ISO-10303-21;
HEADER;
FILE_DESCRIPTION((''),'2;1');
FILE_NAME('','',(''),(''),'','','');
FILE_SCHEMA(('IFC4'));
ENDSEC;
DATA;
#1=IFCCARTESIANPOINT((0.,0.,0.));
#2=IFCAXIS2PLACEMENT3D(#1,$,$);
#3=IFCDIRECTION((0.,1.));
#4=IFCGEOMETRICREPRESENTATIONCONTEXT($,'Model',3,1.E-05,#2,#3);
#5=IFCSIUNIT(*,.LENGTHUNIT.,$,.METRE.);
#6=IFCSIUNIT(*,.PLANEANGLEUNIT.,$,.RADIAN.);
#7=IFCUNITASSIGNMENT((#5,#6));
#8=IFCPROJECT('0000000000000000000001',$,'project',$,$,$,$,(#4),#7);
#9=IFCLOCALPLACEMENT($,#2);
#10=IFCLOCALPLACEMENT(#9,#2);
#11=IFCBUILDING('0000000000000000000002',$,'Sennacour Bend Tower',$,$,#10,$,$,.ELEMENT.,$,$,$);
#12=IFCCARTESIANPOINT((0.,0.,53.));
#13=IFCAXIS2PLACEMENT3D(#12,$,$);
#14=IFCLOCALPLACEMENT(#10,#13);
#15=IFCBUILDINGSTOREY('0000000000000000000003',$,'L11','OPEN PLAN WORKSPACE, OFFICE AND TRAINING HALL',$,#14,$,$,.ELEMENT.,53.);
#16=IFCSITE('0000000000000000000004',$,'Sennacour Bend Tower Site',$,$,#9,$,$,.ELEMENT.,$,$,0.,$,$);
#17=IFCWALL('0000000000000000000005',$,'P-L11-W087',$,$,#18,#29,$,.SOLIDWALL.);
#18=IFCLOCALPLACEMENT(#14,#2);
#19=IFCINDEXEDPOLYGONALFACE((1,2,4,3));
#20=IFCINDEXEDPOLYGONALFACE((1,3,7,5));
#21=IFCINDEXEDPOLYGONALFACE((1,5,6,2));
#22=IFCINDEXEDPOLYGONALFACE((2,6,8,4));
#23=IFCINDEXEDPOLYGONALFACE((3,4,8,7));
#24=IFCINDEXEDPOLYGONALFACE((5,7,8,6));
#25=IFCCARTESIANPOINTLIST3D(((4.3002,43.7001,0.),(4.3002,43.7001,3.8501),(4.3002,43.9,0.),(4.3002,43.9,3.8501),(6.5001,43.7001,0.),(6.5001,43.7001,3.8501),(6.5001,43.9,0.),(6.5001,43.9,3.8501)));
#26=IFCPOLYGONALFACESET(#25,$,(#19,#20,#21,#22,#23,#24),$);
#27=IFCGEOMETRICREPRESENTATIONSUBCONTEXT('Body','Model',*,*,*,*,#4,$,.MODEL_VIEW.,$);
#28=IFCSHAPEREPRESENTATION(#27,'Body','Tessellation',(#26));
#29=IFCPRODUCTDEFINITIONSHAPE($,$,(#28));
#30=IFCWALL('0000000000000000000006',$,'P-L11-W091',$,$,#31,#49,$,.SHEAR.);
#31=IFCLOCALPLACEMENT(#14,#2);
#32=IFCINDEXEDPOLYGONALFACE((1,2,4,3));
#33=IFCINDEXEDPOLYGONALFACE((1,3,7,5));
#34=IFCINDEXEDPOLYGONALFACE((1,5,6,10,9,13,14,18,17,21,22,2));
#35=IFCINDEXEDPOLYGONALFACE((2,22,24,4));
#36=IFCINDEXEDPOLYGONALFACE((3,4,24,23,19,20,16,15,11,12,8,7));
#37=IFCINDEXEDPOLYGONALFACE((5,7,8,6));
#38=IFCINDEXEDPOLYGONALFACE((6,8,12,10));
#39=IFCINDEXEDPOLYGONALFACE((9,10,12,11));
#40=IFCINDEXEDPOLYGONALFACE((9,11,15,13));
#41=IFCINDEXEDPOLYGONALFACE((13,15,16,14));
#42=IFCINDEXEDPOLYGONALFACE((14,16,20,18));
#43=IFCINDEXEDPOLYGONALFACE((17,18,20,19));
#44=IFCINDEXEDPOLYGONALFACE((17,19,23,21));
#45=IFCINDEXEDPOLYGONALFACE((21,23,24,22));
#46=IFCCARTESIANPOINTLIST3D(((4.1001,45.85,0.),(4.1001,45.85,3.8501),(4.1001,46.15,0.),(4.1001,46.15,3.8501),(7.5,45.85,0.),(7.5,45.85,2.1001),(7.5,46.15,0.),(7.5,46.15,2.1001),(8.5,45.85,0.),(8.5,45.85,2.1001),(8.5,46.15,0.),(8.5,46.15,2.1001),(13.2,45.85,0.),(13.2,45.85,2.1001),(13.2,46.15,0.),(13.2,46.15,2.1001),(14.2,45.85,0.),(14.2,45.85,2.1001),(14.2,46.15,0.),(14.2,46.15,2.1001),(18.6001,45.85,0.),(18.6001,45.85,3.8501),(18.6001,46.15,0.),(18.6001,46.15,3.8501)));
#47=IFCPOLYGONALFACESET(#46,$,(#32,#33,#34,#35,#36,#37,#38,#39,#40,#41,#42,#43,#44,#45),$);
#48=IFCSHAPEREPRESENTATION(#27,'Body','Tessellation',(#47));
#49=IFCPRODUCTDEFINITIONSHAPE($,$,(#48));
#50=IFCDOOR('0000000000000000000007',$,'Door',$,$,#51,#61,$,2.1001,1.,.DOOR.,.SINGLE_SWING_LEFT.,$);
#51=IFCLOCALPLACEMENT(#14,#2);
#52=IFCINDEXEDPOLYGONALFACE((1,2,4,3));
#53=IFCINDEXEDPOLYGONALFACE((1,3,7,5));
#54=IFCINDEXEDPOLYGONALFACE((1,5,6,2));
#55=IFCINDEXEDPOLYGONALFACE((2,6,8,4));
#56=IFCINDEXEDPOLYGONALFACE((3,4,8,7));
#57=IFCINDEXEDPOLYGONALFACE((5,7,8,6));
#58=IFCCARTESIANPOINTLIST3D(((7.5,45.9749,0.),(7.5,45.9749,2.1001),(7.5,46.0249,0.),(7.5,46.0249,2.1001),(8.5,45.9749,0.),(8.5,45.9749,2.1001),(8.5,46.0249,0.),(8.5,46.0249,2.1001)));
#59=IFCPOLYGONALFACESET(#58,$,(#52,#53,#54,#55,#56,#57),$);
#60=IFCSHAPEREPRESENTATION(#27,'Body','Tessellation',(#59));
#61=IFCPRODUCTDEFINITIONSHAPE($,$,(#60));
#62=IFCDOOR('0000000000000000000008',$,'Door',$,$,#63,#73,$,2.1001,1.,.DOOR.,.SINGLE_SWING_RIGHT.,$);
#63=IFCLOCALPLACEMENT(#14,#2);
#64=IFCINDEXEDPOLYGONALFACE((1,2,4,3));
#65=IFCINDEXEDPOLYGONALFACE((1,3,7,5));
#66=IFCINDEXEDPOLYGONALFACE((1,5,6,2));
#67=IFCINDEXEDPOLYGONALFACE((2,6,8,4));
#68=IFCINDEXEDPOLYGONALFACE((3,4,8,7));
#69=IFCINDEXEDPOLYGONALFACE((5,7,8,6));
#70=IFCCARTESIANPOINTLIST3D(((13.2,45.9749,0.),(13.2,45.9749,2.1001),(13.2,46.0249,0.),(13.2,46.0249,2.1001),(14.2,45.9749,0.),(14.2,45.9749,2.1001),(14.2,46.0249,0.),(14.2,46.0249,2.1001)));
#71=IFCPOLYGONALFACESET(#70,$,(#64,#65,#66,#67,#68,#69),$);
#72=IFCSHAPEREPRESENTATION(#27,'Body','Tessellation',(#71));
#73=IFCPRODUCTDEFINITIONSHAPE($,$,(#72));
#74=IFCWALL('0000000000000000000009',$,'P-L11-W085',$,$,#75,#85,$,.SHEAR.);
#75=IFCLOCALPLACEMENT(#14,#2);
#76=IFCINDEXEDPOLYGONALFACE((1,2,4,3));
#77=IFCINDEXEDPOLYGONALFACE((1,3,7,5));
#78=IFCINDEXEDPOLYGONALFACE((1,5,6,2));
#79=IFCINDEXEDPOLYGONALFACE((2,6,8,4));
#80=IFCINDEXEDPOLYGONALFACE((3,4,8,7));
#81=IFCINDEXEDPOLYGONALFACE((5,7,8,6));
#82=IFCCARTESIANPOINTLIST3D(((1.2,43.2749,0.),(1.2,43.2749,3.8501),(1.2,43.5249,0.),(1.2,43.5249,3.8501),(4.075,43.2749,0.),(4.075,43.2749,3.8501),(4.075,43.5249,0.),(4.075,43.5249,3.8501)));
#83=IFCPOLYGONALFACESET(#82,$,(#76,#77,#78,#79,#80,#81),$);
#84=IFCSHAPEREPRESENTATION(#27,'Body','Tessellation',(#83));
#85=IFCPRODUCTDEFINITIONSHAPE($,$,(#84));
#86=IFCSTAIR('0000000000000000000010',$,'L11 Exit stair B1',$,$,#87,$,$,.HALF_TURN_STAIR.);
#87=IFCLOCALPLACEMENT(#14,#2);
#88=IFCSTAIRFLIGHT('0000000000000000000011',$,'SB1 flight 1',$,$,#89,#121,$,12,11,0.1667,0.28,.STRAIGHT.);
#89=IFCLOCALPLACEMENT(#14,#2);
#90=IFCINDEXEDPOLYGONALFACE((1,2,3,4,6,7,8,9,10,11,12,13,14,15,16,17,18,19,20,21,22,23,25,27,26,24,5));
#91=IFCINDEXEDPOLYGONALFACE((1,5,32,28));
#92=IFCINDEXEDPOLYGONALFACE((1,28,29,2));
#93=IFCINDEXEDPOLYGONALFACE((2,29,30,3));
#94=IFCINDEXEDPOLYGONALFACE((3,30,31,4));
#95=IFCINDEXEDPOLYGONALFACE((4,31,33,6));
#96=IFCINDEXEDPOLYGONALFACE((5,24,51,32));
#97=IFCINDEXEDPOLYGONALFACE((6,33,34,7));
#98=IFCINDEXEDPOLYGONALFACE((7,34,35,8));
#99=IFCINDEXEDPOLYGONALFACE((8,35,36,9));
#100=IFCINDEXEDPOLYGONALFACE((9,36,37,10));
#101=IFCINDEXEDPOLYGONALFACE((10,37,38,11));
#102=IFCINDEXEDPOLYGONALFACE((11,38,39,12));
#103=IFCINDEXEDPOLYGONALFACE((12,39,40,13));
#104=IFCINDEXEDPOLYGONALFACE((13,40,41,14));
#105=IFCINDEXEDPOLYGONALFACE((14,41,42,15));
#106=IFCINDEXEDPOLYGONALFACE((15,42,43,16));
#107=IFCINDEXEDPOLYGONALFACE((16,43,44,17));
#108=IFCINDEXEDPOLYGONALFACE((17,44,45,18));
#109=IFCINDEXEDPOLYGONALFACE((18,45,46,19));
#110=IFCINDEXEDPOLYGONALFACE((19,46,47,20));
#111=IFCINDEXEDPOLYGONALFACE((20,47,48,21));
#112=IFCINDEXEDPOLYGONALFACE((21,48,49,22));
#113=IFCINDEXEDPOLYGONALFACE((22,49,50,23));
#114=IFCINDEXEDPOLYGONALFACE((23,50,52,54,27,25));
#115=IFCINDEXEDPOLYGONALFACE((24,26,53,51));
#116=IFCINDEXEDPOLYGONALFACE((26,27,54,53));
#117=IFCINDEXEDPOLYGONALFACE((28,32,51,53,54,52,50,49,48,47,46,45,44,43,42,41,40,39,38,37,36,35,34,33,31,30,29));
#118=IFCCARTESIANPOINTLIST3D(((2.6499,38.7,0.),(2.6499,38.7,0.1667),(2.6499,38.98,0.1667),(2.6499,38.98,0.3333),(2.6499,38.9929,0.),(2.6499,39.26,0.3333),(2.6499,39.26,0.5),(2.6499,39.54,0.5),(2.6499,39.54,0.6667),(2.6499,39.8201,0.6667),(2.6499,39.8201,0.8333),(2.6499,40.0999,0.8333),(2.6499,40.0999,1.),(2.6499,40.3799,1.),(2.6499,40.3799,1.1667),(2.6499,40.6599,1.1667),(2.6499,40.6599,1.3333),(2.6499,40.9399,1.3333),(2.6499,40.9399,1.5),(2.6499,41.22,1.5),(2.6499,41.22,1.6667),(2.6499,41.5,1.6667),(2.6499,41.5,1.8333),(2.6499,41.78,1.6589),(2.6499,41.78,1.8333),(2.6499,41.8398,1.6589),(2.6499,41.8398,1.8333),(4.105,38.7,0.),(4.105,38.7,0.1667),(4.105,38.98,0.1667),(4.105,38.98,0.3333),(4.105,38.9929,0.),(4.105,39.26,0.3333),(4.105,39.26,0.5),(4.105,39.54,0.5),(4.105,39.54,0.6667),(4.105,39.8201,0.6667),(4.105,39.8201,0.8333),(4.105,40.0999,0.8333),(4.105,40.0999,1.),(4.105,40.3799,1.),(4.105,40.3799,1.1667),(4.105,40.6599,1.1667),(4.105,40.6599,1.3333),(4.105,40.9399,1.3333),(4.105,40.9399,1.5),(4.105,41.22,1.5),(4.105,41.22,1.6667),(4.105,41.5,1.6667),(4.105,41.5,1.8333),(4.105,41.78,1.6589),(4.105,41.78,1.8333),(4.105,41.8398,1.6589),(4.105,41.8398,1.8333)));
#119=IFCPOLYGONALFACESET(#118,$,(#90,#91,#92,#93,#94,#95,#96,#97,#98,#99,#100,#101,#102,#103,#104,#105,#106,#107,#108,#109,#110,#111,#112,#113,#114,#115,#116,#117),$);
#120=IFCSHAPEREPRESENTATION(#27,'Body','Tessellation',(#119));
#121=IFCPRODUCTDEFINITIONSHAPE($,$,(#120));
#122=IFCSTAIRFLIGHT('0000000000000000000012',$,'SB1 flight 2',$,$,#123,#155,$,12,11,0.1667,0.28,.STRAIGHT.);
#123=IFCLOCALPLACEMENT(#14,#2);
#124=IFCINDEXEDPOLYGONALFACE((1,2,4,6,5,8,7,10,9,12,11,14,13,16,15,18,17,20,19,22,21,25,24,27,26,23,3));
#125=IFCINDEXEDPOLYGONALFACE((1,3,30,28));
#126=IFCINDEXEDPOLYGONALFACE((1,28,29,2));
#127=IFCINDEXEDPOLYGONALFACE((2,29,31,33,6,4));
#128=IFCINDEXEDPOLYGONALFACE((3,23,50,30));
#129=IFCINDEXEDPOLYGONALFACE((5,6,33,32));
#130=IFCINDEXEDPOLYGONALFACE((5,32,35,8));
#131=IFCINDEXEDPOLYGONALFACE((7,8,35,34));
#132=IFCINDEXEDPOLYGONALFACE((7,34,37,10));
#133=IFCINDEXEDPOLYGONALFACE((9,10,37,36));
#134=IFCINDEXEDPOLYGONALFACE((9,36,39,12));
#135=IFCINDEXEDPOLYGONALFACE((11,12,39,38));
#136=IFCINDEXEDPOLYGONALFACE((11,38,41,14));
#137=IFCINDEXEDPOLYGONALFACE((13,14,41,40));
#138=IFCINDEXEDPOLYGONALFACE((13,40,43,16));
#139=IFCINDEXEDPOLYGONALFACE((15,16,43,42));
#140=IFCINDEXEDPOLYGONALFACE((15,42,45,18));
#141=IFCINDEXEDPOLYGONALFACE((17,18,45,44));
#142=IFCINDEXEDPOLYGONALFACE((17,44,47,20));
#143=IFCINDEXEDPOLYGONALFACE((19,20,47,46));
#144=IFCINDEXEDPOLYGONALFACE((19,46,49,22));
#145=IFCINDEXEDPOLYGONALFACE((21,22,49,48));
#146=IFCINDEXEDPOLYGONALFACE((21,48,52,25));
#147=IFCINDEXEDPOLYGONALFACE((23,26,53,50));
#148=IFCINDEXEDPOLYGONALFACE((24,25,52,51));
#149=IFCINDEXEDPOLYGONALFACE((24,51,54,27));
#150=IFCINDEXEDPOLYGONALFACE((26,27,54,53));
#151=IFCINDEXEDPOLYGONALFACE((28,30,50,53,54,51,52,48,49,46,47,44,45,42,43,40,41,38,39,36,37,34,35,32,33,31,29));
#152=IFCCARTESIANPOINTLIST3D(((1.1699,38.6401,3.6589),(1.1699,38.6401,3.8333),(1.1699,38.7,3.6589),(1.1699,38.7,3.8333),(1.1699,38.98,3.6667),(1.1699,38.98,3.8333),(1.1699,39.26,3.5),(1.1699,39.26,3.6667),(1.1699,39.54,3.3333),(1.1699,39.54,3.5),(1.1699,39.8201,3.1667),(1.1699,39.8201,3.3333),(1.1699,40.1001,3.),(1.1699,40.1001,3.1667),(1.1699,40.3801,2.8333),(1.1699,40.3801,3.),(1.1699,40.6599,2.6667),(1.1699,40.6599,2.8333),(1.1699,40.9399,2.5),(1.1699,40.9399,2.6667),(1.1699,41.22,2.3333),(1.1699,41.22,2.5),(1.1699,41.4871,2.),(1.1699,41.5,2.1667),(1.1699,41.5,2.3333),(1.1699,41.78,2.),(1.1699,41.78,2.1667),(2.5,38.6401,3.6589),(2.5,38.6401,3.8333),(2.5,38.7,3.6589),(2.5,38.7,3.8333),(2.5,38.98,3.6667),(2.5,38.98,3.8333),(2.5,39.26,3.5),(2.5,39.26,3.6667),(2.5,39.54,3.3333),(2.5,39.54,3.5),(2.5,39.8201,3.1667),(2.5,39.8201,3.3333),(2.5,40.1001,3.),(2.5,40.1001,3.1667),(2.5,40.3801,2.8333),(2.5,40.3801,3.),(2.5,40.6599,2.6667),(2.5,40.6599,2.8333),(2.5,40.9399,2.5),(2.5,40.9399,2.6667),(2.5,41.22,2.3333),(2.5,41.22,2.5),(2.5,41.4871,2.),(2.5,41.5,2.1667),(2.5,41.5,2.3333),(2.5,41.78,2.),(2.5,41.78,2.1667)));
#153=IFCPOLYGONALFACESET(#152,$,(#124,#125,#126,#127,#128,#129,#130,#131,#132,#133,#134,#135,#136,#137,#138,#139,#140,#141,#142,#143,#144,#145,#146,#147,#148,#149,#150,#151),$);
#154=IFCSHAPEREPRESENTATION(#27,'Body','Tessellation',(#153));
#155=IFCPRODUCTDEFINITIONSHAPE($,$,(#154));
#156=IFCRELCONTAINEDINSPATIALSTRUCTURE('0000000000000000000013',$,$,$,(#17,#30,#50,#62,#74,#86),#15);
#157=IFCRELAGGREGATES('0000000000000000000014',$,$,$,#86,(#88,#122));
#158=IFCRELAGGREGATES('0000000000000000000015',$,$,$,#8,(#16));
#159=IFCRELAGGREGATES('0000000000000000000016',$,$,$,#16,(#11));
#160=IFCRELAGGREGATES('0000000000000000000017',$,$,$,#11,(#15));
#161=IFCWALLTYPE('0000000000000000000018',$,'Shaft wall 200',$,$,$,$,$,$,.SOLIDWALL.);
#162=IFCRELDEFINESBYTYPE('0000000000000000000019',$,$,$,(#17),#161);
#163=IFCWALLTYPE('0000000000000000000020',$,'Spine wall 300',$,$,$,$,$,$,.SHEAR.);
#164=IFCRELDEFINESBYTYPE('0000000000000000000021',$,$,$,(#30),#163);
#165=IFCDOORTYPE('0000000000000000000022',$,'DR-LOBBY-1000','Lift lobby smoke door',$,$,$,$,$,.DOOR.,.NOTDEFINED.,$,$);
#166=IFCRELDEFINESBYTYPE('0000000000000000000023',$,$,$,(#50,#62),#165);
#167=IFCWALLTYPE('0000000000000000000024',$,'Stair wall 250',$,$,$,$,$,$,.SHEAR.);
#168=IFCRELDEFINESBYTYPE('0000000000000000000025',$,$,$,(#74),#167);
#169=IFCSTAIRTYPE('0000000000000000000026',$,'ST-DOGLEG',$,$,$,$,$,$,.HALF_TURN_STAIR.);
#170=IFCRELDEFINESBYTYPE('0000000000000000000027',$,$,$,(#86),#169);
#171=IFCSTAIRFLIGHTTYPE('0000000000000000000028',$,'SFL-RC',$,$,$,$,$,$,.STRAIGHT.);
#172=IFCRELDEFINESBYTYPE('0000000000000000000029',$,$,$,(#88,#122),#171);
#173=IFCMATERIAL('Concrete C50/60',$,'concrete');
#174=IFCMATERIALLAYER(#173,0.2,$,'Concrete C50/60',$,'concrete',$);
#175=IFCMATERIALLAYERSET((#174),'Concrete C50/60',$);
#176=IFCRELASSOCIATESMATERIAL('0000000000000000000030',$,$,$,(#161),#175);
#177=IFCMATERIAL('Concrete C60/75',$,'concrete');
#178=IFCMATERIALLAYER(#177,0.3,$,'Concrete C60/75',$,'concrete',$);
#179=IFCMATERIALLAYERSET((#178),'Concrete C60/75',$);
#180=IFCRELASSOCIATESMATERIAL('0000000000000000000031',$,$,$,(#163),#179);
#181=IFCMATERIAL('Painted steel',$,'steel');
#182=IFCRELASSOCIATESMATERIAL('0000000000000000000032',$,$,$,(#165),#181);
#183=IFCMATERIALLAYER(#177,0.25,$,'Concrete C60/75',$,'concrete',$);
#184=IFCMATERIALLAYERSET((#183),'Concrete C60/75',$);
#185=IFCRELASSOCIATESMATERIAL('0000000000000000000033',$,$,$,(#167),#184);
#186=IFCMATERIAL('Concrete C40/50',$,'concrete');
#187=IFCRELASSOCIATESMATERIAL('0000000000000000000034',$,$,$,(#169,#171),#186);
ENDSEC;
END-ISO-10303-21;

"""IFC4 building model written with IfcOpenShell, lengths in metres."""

from ifc_helpers import new_model, si_unit, direction, frame, frame_2d, origin, place, context, subcontext, project, spatial, polyline, rectangle, outline, extrude, material, layer, layer_set, type_object, element, fill, aggregate, save


model = new_model("IFC4")

# Units and contexts
model_context = context("Model", 3, precision=1e-05, world=origin(), true_north=direction((0.0, 1.0)))
body_context = subcontext(model_context, "Body", "Model", "MODEL_VIEW")
ifc_project = project(units=[si_unit("LENGTHUNIT", "METRE"), si_unit("PLANEANGLEUNIT", "RADIAN")], contexts=[model_context])

# Site, building, storey
site_placement = place(None, origin())
site = spatial("IfcSite", under=ifc_project, at=site_placement, Name="Sennacour Bend Tower Site", CompositionType="ELEMENT", RefElevation=0.0)
building_placement = place(site_placement, origin())
building = spatial("IfcBuilding", under=site, at=building_placement, Name="Sennacour Bend Tower", CompositionType="ELEMENT")
storey_placement = place(building_placement, frame((0.0, 0.0, 53.0)))
storey = spatial("IfcBuildingStorey", under=building, at=storey_placement, Name="L11", Description="OPEN PLAN WORKSPACE, OFFICE AND TRAINING HALL", CompositionType="ELEMENT", Elevation=53.0)

# Shared definitions
ifc_material_1 = material(Name="Painted steel", Category="steel")

# Wall
ifc_material_2 = material(Name="Concrete C50/60", Category="concrete")
ifc_layer_1 = layer(ifc_material_2, 0.2, Name="Concrete C50/60", Category="concrete")
ifc_layer_set_1 = layer_set([ifc_layer_1], Name="Concrete C50/60")
wall_type_1 = type_object("IfcWallType", Name="Shaft wall 200", PredefinedType="SOLIDWALL", material=ifc_layer_set_1)
wall_1_placement = place(storey_placement, frame((4.3, 43.8, 0.0), z_axis=(0.0, 0.0, 1.0), x_axis=(1.0, 0.0, 0.0)))
element("IfcWall", 1, at=wall_1_placement, inside=storey, type_object=wall_type_1, Name="P-L11-W087", PredefinedType="SOLIDWALL", context=body_context, shape_type="SweptSolid", body=[
    extrude(rectangle(XDim=2.2, YDim=0.2, at=frame_2d((1.1001, 0.0))), origin(), (0.0, 0.0, 1.0), 3.8501),
])

# Wall, openings, doors
ifc_material_3 = material(Name="Concrete C60/75", Category="concrete")
ifc_layer_2 = layer(ifc_material_3, 0.3, Name="Concrete C60/75", Category="concrete")
ifc_layer_set_2 = layer_set([ifc_layer_2], Name="Concrete C60/75")
wall_type_2 = type_object("IfcWallType", Name="Spine wall 300", PredefinedType="SHEAR", material=ifc_layer_set_2)
wall_2_placement = place(storey_placement, frame((4.1001, 46.0, 0.0), z_axis=(0.0, 0.0, 1.0), x_axis=(1.0, 0.0, 0.0)))
wall_2 = element("IfcWall", 2, at=wall_2_placement, inside=storey, type_object=wall_type_2, Name="P-L11-W091", PredefinedType="SHEAR", context=body_context, shape_type="SweptSolid", body=[
    extrude(rectangle(XDim=14.5, YDim=0.3, at=frame_2d((7.25, 0.0))), origin(), (0.0, 0.0, 1.0), 3.8501),
])
opening_1_placement = place(wall_2_placement, frame((3.3999, 0.0, 0.0)))
opening_1 = element("IfcOpeningElement", 3, at=opening_1_placement, cuts=wall_2, PredefinedType="OPENING", context=body_context, shape_type="SweptSolid", body=[
    extrude(rectangle(XDim=1.0, YDim=2.1001, at=frame_2d((0.5, 1.05))), frame((0.0, 0.1602, 0.0), z_axis=(0.0, -1.0, 0.0), x_axis=(1.0, 0.0, 0.0)), (0.0, 0.0, 1.0), 0.3201),
])
opening_2_placement = place(wall_2_placement, frame((9.0999, 0.0, 0.0)))
opening_2 = element("IfcOpeningElement", 4, at=opening_2_placement, cuts=wall_2, PredefinedType="OPENING", context=body_context, shape_type="SweptSolid", body=[
    extrude(rectangle(XDim=1.0, YDim=2.1001, at=frame_2d((0.5, 1.05))), frame((0.0, 0.1602, 0.0), z_axis=(0.0, -1.0, 0.0), x_axis=(1.0, 0.0, 0.0)), (0.0, 0.0, 1.0), 0.3201),
])
door_type_1 = type_object("IfcDoorType", Name="DR-LOBBY-1000", Description="Lift lobby smoke door", OperationType="NOTDEFINED", PredefinedType="DOOR", material=ifc_material_1)
door_1_placement = place(opening_1_placement, origin())
door_1 = element("IfcDoor", 5, at=door_1_placement, inside=storey, type_object=door_type_1, Name="Door", OperationType="SINGLE_SWING_LEFT", OverallHeight=2.1001, OverallWidth=1.0, PredefinedType="DOOR", context=body_context, shape_type="SweptSolid", body=[
    extrude(rectangle(XDim=1.0, YDim=2.1001, at=frame_2d((0.5, 1.05))), frame((0.0, 0.0249, 0.0), z_axis=(0.0, -1.0, 0.0), x_axis=(1.0, 0.0, 0.0)), (0.0, 0.0, 1.0), 0.05),
])
fill(opening_1, door_1)
door_2_placement = place(opening_2_placement, origin())
door_2 = element("IfcDoor", 6, at=door_2_placement, inside=storey, type_object=door_type_1, Name="Door", OperationType="SINGLE_SWING_RIGHT", OverallHeight=2.1001, OverallWidth=1.0, PredefinedType="DOOR", context=body_context, shape_type="SweptSolid", body=[
    extrude(rectangle(XDim=1.0, YDim=2.1001, at=frame_2d((0.5, 1.05))), frame((0.0, 0.0249, 0.0), z_axis=(0.0, -1.0, 0.0), x_axis=(1.0, 0.0, 0.0)), (0.0, 0.0, 1.0), 0.05),
])
fill(opening_2, door_2)

# Wall
ifc_layer_3 = layer(ifc_material_3, 0.25, Name="Concrete C60/75", Category="concrete")
ifc_layer_set_3 = layer_set([ifc_layer_3], Name="Concrete C60/75")
wall_type_3 = type_object("IfcWallType", Name="Stair wall 250", PredefinedType="SHEAR", material=ifc_layer_set_3)
wall_3_placement = place(storey_placement, frame((1.2, 43.3999, 0.0), z_axis=(0.0, 0.0, 1.0), x_axis=(1.0, 0.0, 0.0)))
element("IfcWall", 7, at=wall_3_placement, inside=storey, type_object=wall_type_3, Name="P-L11-W085", PredefinedType="SHEAR", context=body_context, shape_type="SweptSolid", body=[
    extrude(rectangle(XDim=2.875, YDim=0.25, at=frame_2d((1.4375, 0.0))), origin(), (0.0, 0.0, 1.0), 3.8501),
])

# Stair, stair flights
ifc_material_4 = material(Name="Concrete C40/50", Category="concrete")
stair_type = type_object("IfcStairType", Name="ST-DOGLEG", PredefinedType="HALF_TURN_STAIR", material=ifc_material_4)
stair_placement = place(storey_placement, origin())
stair = element("IfcStair", 8, at=stair_placement, inside=storey, type_object=stair_type, Name="L11 Exit stair B1", PredefinedType="HALF_TURN_STAIR")
stair_flight_type = type_object("IfcStairFlightType", Name="SFL-RC", PredefinedType="STRAIGHT", material=ifc_material_4)
stair_flight_1_placement = place(storey_placement, frame((3.3774, 38.7, 0.0), z_axis=(0.0, 0.0, 1.0), x_axis=(0.0, 1.0, 0.0)))
stair_flight_1 = element("IfcStairFlight", 9, at=stair_flight_1_placement, type_object=stair_flight_type, Name="SB1 flight 1", NumberOfRisers=12, NumberOfTreads=11, PredefinedType="STRAIGHT", RiserHeight=0.1667, TreadLength=0.28, context=body_context, shape_type="SweptSolid", body=[
    extrude(outline(polyline([(0.0, 0.0), (0.0, 0.1667), (0.28, 0.1667), (0.28, 0.3333), (0.5601, 0.3333), (0.5601, 0.5), (0.8401, 0.5), (0.8401, 0.6667), (1.1201, 0.6667), (1.1201, 0.8333), (1.3999, 0.8333), (1.3999, 1.0), (1.6799, 1.0), (1.6799, 1.1667), (1.96, 1.1667), (1.96, 1.3333), (2.24, 1.3333), (2.24, 1.5), (2.52, 1.5), (2.52, 1.6667), (2.8, 1.6667), (2.8, 1.8333), (3.0801, 1.8333), (3.1399, 1.8333), (3.1399, 1.6589), (3.0801, 1.6589), (0.293, 0.0), (0.0, 0.0)])), frame((0.0, 0.7275, 0.0), z_axis=(0.0, -1.0, 0.0), x_axis=(1.0, 0.0, 0.0)), (0.0, 0.0, 1.0), 1.4551),
])
stair_flight_2_placement = place(storey_placement, frame((1.835, 41.78, 2.0), z_axis=(0.0, 0.0, 1.0), x_axis=(0.0, -1.0, 0.0)))
stair_flight_2 = element("IfcStairFlight", 10, at=stair_flight_2_placement, type_object=stair_flight_type, Name="SB1 flight 2", NumberOfRisers=12, NumberOfTreads=11, PredefinedType="STRAIGHT", RiserHeight=0.1667, TreadLength=0.28, context=body_context, shape_type="SweptSolid", body=[
    extrude(outline(polyline([(0.0, 0.0), (0.0, 0.1667), (0.28, 0.1667), (0.28, 0.3333), (0.5601, 0.3333), (0.5601, 0.5), (0.8401, 0.5), (0.8401, 0.6667), (1.1201, 0.6667), (1.1201, 0.8333), (1.3999, 0.8333), (1.3999, 1.0), (1.6799, 1.0), (1.6799, 1.1667), (1.96, 1.1667), (1.96, 1.3333), (2.24, 1.3333), (2.24, 1.5), (2.52, 1.5), (2.52, 1.6667), (2.8, 1.6667), (2.8, 1.8333), (3.0801, 1.8333), (3.1399, 1.8333), (3.1399, 1.6589), (3.0801, 1.6589), (0.293, 0.0), (0.0, 0.0)])), frame((0.0, 0.665, 0.0), z_axis=(0.0, -1.0, 0.0), x_axis=(1.0, 0.0, 0.0)), (0.0, 0.0, 1.0), 1.3301),
])
aggregate(stair, [stair_flight_1, stair_flight_2])

save(model, "model.ifc")
